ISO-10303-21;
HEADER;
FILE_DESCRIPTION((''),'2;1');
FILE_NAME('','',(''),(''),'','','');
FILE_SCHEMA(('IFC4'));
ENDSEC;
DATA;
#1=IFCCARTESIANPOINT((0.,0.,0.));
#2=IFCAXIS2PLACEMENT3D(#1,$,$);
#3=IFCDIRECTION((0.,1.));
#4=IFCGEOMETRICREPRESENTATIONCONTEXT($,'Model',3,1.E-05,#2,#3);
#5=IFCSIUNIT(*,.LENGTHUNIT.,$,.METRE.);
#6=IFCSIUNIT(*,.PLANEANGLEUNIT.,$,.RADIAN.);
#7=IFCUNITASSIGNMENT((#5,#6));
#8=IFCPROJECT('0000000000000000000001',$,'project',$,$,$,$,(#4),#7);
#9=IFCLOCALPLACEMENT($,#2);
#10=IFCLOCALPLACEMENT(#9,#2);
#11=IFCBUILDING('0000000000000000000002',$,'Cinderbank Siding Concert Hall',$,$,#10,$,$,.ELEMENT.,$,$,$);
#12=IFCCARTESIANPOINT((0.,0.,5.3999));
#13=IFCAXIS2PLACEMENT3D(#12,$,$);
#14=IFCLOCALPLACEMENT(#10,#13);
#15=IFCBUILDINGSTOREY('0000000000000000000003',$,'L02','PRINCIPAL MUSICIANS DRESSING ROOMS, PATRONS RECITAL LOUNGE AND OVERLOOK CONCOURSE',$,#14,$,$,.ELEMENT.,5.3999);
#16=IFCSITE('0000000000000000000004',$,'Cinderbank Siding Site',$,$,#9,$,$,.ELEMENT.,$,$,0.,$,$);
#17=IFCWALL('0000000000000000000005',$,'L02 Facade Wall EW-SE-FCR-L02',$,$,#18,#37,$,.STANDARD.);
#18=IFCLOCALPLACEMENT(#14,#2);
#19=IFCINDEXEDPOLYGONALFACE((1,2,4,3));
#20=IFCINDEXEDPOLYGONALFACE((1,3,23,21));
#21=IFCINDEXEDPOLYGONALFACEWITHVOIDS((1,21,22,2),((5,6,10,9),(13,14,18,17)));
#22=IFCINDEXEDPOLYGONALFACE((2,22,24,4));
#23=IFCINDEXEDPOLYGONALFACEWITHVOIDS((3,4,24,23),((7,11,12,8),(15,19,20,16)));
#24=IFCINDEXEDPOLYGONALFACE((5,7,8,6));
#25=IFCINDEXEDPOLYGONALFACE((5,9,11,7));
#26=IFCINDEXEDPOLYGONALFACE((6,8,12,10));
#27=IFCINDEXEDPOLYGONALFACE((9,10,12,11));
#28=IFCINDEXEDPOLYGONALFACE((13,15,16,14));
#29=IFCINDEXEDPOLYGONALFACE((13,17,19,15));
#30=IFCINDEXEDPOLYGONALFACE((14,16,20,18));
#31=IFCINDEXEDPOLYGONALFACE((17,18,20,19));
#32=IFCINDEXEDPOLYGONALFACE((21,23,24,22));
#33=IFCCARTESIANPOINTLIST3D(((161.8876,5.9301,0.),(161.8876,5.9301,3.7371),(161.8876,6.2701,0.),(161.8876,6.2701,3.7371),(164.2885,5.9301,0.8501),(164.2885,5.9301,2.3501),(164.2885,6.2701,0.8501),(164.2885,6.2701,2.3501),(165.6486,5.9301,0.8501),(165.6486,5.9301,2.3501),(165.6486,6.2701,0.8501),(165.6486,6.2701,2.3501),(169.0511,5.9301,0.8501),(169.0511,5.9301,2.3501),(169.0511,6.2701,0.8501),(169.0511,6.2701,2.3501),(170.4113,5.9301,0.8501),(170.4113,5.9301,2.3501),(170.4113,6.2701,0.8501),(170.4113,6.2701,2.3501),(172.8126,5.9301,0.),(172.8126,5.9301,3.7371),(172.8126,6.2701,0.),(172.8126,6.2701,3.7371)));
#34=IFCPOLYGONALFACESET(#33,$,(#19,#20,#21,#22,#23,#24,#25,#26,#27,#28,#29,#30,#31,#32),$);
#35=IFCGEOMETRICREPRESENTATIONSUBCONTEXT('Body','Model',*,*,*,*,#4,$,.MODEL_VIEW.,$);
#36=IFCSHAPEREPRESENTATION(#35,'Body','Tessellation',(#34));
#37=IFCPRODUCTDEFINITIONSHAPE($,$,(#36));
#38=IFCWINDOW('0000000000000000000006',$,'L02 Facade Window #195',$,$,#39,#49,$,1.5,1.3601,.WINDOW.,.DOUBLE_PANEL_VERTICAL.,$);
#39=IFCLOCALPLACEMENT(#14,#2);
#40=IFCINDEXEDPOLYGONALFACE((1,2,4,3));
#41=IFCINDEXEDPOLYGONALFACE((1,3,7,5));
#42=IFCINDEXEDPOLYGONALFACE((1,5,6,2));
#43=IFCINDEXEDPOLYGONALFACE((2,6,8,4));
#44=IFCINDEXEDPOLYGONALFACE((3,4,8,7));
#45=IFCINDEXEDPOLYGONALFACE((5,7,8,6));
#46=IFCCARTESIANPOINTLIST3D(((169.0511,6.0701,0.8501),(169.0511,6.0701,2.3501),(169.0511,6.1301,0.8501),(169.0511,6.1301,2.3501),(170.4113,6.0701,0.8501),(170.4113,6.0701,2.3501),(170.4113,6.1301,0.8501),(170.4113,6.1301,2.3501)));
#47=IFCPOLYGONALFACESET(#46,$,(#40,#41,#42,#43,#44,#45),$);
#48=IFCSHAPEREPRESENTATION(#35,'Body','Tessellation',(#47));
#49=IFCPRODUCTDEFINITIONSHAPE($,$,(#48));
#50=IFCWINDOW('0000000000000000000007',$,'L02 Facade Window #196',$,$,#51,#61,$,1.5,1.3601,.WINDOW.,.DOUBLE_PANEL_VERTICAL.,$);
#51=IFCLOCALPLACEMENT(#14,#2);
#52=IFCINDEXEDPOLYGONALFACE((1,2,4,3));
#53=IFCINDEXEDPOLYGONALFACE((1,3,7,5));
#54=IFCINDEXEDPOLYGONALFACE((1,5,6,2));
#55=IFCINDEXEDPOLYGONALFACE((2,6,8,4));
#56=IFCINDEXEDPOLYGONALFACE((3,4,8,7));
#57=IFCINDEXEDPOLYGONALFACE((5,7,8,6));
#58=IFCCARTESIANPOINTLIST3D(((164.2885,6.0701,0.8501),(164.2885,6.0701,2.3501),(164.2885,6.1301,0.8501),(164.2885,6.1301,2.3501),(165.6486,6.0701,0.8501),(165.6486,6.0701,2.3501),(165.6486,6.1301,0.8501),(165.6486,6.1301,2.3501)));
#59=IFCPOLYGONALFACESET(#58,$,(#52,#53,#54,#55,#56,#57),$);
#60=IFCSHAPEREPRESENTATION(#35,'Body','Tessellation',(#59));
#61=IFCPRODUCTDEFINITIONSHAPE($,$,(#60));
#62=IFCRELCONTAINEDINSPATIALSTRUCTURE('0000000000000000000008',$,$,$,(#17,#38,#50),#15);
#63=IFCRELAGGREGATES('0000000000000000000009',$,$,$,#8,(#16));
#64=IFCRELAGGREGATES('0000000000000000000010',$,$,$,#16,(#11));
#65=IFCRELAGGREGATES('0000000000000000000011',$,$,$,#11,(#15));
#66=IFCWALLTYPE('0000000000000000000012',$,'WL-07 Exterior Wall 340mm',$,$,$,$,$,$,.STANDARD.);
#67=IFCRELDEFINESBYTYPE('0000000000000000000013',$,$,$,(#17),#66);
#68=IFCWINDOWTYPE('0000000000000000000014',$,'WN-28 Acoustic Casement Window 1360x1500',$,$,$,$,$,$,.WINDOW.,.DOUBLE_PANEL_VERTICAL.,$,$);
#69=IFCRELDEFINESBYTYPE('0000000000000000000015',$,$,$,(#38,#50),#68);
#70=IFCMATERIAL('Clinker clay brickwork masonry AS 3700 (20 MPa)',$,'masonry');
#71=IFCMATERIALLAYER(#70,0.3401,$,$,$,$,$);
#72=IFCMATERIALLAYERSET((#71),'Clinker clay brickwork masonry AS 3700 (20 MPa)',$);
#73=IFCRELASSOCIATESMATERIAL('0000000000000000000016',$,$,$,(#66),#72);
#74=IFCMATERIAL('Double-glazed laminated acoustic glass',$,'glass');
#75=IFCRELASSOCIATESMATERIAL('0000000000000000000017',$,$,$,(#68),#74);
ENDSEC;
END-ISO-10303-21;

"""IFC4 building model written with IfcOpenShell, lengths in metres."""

from ifc_helpers import new_model, si_unit, direction, frame, frame_2d, origin, place, context, subcontext, project, spatial, rectangle, extrude, material, layer, layer_set, type_object, element, fill, save


model = new_model("IFC4")

# Units and contexts
model_context = context("Model", 3, precision=1e-05, world=origin(), true_north=direction((0.0, 1.0)))
body_context = subcontext(model_context, "Body", "Model", "MODEL_VIEW")
ifc_project = project(units=[si_unit("LENGTHUNIT", "METRE"), si_unit("PLANEANGLEUNIT", "RADIAN")], contexts=[model_context])

# Site, building, storey
site_placement = place(None, origin())
site = spatial("IfcSite", under=ifc_project, at=site_placement, Name="Cinderbank Siding Site", CompositionType="ELEMENT", RefElevation=0.0)
building_placement = place(site_placement, origin())
building = spatial("IfcBuilding", under=site, at=building_placement, Name="Cinderbank Siding Concert Hall", CompositionType="ELEMENT")
storey_placement = place(building_placement, frame((0.0, 0.0, 5.3999)))
storey = spatial("IfcBuildingStorey", under=building, at=storey_placement, Name="L02", Description="PRINCIPAL MUSICIANS DRESSING ROOMS, PATRONS RECITAL LOUNGE AND OVERLOOK CONCOURSE", CompositionType="ELEMENT", Elevation=5.3999)

# Shared definitions
ifc_material_1 = material(Name="Clinker clay brickwork masonry AS 3700 (20 MPa)", Category="masonry")
ifc_layer_1 = layer(ifc_material_1, 0.3401)
ifc_layer_set_1 = layer_set([ifc_layer_1], Name="Clinker clay brickwork masonry AS 3700 (20 MPa)")
wall_type_1 = type_object("IfcWallType", Name="WL-07 Exterior Wall 340mm", PredefinedType="STANDARD", material=ifc_layer_set_1)
ifc_material_2 = material(Name="Double-glazed laminated acoustic glass", Category="glass")

# Wall, openings, windows
wall_1_placement = place(storey_placement, frame((172.8125, 6.1001, 0.0), z_axis=(0.0, 0.0, 1.0), x_axis=(-1.0, 0.0, 0.0)))
wall_1 = element("IfcWall", 1, at=wall_1_placement, inside=storey, type_object=wall_type_1, Name="L02 Facade Wall EW-SE-FCR-L02", PredefinedType="STANDARD", context=body_context, shape_type="SweptSolid", body=[
    extrude(rectangle(XDim=10.925, YDim=0.3401, at=frame_2d((5.4624, 0.0))), origin(), (0.0, 0.0, 1.0), 3.7371),
])
opening_1_placement = place(wall_1_placement, frame((2.4011, 0.0, 0.8501)))
opening_1 = element("IfcOpeningElement", 2, at=opening_1_placement, cuts=wall_1, PredefinedType="OPENING", context=body_context, shape_type="SweptSolid", body=[
    extrude(rectangle(XDim=1.3601, YDim=1.5, at=frame_2d((0.6802, 0.75))), frame((0.0, 0.1821, 0.0), z_axis=(0.0, -1.0, 0.0), x_axis=(1.0, 0.0, 0.0)), (0.0, 0.0, 1.0), 0.364),
])
opening_2_placement = place(wall_1_placement, frame((7.1638, 0.0, 0.8501)))
opening_2 = element("IfcOpeningElement", 3, at=opening_2_placement, cuts=wall_1, PredefinedType="OPENING", context=body_context, shape_type="SweptSolid", body=[
    extrude(rectangle(XDim=1.3601, YDim=1.5, at=frame_2d((0.6802, 0.75))), frame((0.0, 0.1821, 0.0), z_axis=(0.0, -1.0, 0.0), x_axis=(1.0, 0.0, 0.0)), (0.0, 0.0, 1.0), 0.364),
])
window_type_1 = type_object("IfcWindowType", Name="WN-28 Acoustic Casement Window 1360x1500", PartitioningType="DOUBLE_PANEL_VERTICAL", PredefinedType="WINDOW", material=ifc_material_2)
window_1_placement = place(opening_1_placement, origin())
window_1 = element("IfcWindow", 4, at=window_1_placement, inside=storey, type_object=window_type_1, Name="L02 Facade Window #195", OverallHeight=1.5, OverallWidth=1.3601, PartitioningType="DOUBLE_PANEL_VERTICAL", PredefinedType="WINDOW", context=body_context, shape_type="SweptSolid", body=[
    extrude(rectangle(XDim=1.3601, YDim=1.5, at=frame_2d((0.6802, 0.75))), frame((0.0, 0.03, 0.0), z_axis=(0.0, -1.0, 0.0), x_axis=(1.0, 0.0, 0.0)), (0.0, 0.0, 1.0), 0.0601),
])
fill(opening_1, window_1)
window_2_placement = place(opening_2_placement, origin())
window_2 = element("IfcWindow", 5, at=window_2_placement, inside=storey, type_object=window_type_1, Name="L02 Facade Window #196", OverallHeight=1.5, OverallWidth=1.3601, PartitioningType="DOUBLE_PANEL_VERTICAL", PredefinedType="WINDOW", context=body_context, shape_type="SweptSolid", body=[
    extrude(rectangle(XDim=1.3601, YDim=1.5, at=frame_2d((0.6802, 0.75))), frame((0.0, 0.03, 0.0), z_axis=(0.0, -1.0, 0.0), x_axis=(1.0, 0.0, 0.0)), (0.0, 0.0, 1.0), 0.0601),
])
fill(opening_2, window_2)

save(model, "model.ifc")
